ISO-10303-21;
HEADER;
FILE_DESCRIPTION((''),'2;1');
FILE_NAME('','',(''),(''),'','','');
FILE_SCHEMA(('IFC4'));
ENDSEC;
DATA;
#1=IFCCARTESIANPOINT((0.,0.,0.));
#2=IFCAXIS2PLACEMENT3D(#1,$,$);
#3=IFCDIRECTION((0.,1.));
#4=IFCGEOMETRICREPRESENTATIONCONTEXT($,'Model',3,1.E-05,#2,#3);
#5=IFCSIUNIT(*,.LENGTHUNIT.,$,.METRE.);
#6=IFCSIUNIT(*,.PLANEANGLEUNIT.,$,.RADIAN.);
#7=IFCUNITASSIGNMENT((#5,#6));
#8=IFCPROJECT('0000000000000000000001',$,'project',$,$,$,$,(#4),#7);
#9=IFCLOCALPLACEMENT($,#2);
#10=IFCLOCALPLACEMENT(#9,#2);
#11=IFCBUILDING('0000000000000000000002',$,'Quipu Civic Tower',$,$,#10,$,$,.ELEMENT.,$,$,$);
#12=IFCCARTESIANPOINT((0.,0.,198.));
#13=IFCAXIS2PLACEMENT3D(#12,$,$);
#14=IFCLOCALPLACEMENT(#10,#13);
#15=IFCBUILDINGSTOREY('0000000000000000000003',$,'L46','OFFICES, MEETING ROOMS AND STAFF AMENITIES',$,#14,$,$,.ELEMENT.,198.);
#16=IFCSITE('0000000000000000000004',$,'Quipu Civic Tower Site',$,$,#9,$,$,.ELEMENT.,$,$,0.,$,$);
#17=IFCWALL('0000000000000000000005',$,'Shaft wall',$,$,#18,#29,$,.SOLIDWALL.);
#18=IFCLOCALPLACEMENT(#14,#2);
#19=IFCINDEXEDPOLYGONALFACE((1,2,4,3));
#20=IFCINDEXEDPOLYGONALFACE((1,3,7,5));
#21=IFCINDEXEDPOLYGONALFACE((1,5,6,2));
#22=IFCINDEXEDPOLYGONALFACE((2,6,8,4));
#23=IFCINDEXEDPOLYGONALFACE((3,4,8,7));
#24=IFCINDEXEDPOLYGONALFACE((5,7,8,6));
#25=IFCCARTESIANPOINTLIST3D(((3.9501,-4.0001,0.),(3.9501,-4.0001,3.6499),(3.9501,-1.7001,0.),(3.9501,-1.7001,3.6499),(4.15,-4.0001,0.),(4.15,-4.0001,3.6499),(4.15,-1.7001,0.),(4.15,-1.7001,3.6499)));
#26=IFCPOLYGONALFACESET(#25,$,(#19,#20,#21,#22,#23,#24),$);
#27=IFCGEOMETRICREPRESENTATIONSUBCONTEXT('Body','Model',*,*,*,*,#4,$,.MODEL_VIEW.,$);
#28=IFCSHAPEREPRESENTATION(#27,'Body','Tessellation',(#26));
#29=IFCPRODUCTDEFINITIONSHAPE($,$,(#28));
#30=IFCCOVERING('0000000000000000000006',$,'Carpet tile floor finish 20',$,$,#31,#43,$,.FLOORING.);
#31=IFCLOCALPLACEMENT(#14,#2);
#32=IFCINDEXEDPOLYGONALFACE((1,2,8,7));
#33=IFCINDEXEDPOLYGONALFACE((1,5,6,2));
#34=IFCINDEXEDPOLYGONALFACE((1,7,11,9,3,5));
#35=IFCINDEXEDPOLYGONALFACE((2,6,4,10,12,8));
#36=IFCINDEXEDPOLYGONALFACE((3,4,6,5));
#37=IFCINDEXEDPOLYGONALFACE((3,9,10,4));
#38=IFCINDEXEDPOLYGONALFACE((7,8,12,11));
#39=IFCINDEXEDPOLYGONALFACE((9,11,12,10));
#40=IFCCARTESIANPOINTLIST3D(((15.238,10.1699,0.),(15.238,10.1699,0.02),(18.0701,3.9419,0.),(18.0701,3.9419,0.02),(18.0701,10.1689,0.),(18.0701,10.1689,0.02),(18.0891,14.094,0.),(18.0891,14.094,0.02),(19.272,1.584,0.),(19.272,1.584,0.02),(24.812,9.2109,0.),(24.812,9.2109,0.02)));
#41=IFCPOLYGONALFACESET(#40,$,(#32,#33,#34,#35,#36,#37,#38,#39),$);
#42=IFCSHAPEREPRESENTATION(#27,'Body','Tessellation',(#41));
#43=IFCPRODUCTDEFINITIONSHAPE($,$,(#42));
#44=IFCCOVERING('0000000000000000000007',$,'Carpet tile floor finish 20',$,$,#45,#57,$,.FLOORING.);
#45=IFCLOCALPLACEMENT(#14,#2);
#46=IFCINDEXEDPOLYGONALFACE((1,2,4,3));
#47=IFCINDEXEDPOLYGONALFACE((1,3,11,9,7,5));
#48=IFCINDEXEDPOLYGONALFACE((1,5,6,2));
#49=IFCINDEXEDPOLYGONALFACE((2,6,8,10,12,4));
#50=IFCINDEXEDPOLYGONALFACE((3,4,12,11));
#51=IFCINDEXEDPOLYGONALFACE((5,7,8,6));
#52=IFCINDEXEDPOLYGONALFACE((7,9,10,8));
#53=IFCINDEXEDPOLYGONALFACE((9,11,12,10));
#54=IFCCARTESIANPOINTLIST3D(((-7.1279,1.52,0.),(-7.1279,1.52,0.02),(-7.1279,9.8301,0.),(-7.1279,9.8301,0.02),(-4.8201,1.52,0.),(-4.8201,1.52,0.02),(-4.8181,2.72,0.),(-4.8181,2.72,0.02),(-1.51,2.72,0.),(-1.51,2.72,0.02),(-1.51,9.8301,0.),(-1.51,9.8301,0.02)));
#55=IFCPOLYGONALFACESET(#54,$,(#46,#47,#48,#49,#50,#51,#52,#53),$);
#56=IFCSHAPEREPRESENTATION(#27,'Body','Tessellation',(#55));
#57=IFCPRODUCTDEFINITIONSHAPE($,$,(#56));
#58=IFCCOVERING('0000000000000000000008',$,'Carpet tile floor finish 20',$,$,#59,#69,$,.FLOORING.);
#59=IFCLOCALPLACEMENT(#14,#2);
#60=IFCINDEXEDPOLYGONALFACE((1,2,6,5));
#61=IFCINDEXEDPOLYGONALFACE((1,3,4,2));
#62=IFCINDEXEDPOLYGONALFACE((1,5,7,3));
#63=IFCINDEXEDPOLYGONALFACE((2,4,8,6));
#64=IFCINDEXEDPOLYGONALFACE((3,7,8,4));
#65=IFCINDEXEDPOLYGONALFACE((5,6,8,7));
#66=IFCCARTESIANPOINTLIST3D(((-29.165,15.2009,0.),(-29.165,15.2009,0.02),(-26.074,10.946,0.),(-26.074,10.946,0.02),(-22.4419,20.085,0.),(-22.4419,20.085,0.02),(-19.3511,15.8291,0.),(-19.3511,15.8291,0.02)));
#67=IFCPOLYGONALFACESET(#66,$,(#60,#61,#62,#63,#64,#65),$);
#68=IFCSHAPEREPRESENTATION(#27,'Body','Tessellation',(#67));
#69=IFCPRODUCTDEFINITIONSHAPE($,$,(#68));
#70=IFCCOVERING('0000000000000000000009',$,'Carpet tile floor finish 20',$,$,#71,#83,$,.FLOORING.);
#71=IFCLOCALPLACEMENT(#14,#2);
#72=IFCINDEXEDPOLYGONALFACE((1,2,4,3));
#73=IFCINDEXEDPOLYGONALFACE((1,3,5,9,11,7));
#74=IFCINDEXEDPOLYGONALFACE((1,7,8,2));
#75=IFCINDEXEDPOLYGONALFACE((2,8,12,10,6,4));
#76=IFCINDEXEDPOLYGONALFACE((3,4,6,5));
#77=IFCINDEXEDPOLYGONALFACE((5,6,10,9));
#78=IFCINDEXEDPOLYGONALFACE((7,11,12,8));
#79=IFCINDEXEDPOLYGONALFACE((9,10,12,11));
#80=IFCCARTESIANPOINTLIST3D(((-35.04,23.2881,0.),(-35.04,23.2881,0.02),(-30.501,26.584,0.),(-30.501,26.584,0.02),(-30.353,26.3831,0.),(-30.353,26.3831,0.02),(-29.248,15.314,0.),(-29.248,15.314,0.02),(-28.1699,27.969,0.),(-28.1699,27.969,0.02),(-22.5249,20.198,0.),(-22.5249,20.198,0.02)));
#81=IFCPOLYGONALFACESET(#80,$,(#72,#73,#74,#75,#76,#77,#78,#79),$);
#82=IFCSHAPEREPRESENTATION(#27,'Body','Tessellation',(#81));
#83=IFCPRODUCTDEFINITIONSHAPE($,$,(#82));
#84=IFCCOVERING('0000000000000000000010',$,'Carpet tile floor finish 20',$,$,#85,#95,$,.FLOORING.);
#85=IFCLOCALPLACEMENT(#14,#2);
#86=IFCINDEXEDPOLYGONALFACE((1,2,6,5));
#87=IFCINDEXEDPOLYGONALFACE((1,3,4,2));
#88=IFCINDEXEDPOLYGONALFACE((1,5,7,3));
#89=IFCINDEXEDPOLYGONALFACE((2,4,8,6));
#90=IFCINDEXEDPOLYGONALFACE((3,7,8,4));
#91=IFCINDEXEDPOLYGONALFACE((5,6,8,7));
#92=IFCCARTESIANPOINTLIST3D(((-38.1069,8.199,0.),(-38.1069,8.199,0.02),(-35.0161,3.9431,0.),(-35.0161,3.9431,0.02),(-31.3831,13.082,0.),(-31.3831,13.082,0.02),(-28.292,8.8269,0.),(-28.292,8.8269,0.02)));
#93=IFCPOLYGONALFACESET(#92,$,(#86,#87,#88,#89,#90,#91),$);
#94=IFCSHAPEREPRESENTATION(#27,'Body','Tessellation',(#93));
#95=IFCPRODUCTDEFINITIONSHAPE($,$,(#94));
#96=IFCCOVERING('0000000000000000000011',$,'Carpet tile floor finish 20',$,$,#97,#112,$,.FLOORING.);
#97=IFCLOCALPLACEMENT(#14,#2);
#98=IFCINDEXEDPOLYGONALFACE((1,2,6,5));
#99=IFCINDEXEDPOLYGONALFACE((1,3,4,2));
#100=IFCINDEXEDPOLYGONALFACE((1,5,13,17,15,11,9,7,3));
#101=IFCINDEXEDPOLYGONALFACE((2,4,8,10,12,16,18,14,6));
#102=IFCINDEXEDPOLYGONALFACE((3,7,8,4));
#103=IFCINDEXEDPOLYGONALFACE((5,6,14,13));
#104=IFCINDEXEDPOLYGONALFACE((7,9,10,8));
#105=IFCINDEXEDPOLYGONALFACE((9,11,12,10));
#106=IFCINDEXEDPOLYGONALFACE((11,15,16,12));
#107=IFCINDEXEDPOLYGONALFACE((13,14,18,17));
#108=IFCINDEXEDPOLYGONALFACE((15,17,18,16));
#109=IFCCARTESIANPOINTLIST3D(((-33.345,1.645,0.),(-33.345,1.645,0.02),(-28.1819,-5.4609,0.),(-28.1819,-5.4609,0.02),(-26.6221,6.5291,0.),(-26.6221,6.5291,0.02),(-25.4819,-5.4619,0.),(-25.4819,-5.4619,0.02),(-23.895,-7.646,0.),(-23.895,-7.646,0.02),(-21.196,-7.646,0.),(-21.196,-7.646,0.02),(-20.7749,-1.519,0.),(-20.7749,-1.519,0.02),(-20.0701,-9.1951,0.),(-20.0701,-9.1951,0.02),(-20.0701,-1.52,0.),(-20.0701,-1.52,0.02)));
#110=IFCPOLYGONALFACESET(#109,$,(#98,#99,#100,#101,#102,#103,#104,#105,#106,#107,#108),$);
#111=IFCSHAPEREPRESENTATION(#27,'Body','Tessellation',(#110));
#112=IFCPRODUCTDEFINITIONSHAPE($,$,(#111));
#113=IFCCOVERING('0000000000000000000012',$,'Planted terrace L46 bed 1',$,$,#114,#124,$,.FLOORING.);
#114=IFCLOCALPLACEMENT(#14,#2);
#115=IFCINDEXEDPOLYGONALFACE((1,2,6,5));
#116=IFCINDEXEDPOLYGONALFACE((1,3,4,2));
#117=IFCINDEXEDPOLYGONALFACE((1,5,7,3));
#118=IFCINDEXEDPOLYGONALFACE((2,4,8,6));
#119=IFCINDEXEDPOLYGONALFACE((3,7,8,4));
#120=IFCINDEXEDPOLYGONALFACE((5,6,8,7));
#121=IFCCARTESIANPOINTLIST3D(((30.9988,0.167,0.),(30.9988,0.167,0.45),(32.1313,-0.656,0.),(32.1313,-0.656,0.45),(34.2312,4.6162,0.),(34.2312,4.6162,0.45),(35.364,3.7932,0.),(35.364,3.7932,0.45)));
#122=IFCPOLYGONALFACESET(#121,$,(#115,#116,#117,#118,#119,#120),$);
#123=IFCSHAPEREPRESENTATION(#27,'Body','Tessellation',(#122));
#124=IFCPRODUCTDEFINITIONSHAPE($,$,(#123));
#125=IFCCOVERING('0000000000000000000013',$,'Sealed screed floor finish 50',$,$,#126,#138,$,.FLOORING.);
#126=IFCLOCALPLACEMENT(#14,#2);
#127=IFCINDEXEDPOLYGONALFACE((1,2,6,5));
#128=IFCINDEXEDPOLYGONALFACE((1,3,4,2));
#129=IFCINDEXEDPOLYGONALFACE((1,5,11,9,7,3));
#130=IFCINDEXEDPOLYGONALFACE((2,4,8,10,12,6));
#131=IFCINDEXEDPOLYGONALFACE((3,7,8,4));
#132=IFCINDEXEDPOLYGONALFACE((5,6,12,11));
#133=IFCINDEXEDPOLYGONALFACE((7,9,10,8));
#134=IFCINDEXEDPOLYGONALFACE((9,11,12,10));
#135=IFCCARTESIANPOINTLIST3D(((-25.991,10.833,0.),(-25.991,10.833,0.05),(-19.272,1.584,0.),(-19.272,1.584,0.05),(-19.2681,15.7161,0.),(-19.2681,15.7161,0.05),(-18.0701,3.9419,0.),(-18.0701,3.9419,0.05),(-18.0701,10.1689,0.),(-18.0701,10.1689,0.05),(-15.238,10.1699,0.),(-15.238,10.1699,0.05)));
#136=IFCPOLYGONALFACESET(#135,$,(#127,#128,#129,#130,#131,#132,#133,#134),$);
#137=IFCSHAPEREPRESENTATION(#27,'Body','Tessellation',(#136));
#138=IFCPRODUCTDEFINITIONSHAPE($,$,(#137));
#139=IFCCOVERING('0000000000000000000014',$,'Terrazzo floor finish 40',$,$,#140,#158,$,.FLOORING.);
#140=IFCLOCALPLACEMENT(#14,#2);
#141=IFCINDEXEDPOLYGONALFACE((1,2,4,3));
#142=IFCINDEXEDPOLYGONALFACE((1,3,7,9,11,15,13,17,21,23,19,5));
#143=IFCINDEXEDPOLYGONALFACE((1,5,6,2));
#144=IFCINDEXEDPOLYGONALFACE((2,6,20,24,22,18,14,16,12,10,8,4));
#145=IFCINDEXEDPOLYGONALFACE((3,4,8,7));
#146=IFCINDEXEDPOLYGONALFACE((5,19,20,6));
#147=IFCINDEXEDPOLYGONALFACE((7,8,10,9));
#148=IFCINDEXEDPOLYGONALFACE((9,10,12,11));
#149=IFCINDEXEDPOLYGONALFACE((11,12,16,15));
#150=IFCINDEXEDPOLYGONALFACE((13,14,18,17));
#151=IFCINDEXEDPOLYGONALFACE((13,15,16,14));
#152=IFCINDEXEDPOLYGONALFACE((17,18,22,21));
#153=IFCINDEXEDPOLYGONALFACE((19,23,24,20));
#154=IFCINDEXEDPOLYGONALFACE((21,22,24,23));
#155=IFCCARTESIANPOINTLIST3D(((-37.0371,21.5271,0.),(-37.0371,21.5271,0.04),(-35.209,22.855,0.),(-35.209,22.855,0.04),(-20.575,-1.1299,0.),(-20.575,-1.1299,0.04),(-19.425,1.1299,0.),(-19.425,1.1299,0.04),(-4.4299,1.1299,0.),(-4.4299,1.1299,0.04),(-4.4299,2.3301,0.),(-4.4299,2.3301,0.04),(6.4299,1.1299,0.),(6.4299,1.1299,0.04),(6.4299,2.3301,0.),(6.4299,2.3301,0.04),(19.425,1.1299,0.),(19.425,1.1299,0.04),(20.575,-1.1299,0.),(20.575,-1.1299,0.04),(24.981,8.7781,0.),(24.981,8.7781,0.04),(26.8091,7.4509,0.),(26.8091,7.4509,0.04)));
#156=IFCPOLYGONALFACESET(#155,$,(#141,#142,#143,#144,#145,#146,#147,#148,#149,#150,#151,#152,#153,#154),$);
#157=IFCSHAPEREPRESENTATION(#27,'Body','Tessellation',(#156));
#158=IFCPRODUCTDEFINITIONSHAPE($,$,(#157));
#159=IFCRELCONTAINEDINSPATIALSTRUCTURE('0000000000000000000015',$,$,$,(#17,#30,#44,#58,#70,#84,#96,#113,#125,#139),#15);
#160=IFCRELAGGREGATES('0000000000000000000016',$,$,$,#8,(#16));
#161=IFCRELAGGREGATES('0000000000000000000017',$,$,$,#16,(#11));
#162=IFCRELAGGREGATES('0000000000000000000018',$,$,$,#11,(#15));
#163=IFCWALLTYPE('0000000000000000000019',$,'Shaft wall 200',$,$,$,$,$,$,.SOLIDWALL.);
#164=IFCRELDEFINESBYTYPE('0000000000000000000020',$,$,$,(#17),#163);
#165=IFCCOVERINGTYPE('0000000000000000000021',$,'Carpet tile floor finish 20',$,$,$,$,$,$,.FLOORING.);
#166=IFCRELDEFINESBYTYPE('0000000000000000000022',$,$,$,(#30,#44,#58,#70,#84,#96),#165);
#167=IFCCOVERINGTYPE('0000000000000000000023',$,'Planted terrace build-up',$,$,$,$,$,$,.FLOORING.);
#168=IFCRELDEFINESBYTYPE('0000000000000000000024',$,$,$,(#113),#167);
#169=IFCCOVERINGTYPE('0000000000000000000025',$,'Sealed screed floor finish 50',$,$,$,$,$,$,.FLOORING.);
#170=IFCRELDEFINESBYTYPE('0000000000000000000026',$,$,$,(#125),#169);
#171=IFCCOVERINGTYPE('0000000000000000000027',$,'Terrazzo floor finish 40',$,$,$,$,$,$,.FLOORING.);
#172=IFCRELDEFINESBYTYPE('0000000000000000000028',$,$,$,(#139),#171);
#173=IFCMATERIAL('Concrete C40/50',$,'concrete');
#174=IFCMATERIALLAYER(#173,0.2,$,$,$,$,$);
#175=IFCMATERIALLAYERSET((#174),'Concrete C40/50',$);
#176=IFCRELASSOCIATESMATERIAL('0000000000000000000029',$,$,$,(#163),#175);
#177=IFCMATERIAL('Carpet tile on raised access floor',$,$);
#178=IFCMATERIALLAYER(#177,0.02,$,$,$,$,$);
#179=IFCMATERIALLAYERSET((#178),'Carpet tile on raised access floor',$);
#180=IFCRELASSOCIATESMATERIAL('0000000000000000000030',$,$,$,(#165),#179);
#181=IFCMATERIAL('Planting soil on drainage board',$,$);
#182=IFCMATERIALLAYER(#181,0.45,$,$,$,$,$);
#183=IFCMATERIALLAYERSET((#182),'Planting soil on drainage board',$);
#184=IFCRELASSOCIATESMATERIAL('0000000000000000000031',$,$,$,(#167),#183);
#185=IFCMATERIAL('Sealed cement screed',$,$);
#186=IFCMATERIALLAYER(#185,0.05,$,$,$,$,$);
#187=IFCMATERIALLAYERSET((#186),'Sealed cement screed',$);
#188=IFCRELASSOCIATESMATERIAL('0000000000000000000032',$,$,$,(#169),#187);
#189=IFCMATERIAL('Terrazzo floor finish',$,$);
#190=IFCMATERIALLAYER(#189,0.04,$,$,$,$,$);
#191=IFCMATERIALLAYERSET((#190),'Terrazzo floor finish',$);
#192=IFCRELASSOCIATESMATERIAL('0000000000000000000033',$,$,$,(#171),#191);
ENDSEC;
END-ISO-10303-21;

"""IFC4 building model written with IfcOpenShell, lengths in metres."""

from ifc_helpers import new_model, si_unit, direction, frame, frame_2d, origin, place, context, subcontext, project, spatial, polyline, rectangle, outline, extrude, material, layer, layer_set, type_object, element, save


model = new_model("IFC4")

# Units and contexts
model_context = context("Model", 3, precision=1e-05, world=origin(), true_north=direction((0.0, 1.0)))
body_context = subcontext(model_context, "Body", "Model", "MODEL_VIEW")
ifc_project = project(units=[si_unit("LENGTHUNIT", "METRE"), si_unit("PLANEANGLEUNIT", "RADIAN")], contexts=[model_context])

# Site, building, storey
site_placement = place(None, origin())
site = spatial("IfcSite", under=ifc_project, at=site_placement, Name="Quipu Civic Tower Site", CompositionType="ELEMENT", RefElevation=0.0)
building_placement = place(site_placement, origin())
building = spatial("IfcBuilding", under=site, at=building_placement, Name="Quipu Civic Tower", CompositionType="ELEMENT")
storey_placement = place(building_placement, frame((0.0, 0.0, 198.0)))
storey = spatial("IfcBuildingStorey", under=building, at=storey_placement, Name="L46", Description="OFFICES, MEETING ROOMS AND STAFF AMENITIES", CompositionType="ELEMENT", Elevation=198.0)

# Wall
ifc_material_1 = material(Name="Concrete C40/50", Category="concrete")
ifc_layer_1 = layer(ifc_material_1, 0.2)
ifc_layer_set_1 = layer_set([ifc_layer_1], Name="Concrete C40/50")
wall_type_1 = type_object("IfcWallType", Name="Shaft wall 200", PredefinedType="SOLIDWALL", material=ifc_layer_set_1)
for number, where, z_axis, x_axis, name in (
    (1, (4.05, -4.0, 0.0), (0.0, 0.0, 1.0), (0.0, 1.0, 0.0), "Shaft wall"),
):
    element("IfcWall", number, at=place(storey_placement, frame(where, z_axis=z_axis, x_axis=x_axis)), inside=storey, type_object=wall_type_1, Name=name, PredefinedType="SOLIDWALL", context=body_context, shape_type="SweptSolid", body=[
        extrude(rectangle(XDim=2.3, YDim=0.2, at=frame_2d((1.1499, 0.0))), origin(), (0.0, 0.0, 1.0), 3.6499),
    ])

# Coverings
ifc_material_2 = material(Name="Carpet tile on raised access floor")
ifc_layer_2 = layer(ifc_material_2, 0.02)
ifc_layer_set_2 = layer_set([ifc_layer_2], Name="Carpet tile on raised access floor")
covering_type_1 = type_object("IfcCoveringType", Name="Carpet tile floor finish 20", PredefinedType="FLOORING", material=ifc_layer_set_2)
covering_1_placement = place(storey_placement, origin())
element("IfcCovering", 2, at=covering_1_placement, inside=storey, type_object=covering_type_1, Name="Carpet tile floor finish 20", PredefinedType="FLOORING", context=body_context, shape_type="SweptSolid", body=[
    extrude(outline(polyline([(15.238, 10.1699), (18.0891, 14.094), (24.812, 9.2109), (19.272, 1.584), (18.0701, 3.9419), (18.0701, 10.1689), (15.238, 10.1699)])), origin(), (0.0, 0.0, 1.0), 0.02),
])
covering_2_placement = place(storey_placement, origin())
element("IfcCovering", 3, at=covering_2_placement, inside=storey, type_object=covering_type_1, Name="Carpet tile floor finish 20", PredefinedType="FLOORING", context=body_context, shape_type="SweptSolid", body=[
    extrude(outline(polyline([(-7.1279, 9.8301), (-1.51, 9.8301), (-1.51, 2.72), (-4.8181, 2.72), (-4.8201, 1.52), (-7.1279, 1.52), (-7.1279, 9.8301)])), origin(), (0.0, 0.0, 1.0), 0.02),
])
covering_3_placement = place(storey_placement, origin())
element("IfcCovering", 4, at=covering_3_placement, inside=storey, type_object=covering_type_1, Name="Carpet tile floor finish 20", PredefinedType="FLOORING", context=body_context, shape_type="SweptSolid", body=[
    extrude(outline(polyline([(-29.165, 15.2009), (-22.4419, 20.085), (-19.3511, 15.8291), (-26.074, 10.946), (-29.165, 15.2009)])), origin(), (0.0, 0.0, 1.0), 0.02),
])
covering_4_placement = place(storey_placement, origin())
element("IfcCovering", 5, at=covering_4_placement, inside=storey, type_object=covering_type_1, Name="Carpet tile floor finish 20", PredefinedType="FLOORING", context=body_context, shape_type="SweptSolid", body=[
    extrude(outline(polyline([(-35.04, 23.2881), (-30.501, 26.584), (-30.353, 26.3831), (-28.1699, 27.969), (-22.5249, 20.198), (-29.248, 15.314), (-35.04, 23.2881)])), origin(), (0.0, 0.0, 1.0), 0.02),
])
covering_5_placement = place(storey_placement, origin())
element("IfcCovering", 6, at=covering_5_placement, inside=storey, type_object=covering_type_1, Name="Carpet tile floor finish 20", PredefinedType="FLOORING", context=body_context, shape_type="SweptSolid", body=[
    extrude(outline(polyline([(-38.1069, 8.199), (-31.3831, 13.082), (-28.292, 8.8269), (-35.0161, 3.9431), (-38.1069, 8.199)])), origin(), (0.0, 0.0, 1.0), 0.02),
])
covering_6_placement = place(storey_placement, origin())
element("IfcCovering", 7, at=covering_6_placement, inside=storey, type_object=covering_type_1, Name="Carpet tile floor finish 20", PredefinedType="FLOORING", context=body_context, shape_type="SweptSolid", body=[
    extrude(outline(polyline([(-33.345, 1.645), (-26.6221, 6.5291), (-20.7749, -1.519), (-20.0701, -1.52), (-20.0701, -9.1951), (-21.196, -7.646), (-23.895, -7.646), (-25.4819, -5.4619), (-28.1819, -5.4609), (-33.345, 1.645)])), origin(), (0.0, 0.0, 1.0), 0.02),
])
ifc_material_3 = material(Name="Planting soil on drainage board")
ifc_layer_3 = layer(ifc_material_3, 0.45)
ifc_layer_set_3 = layer_set([ifc_layer_3], Name="Planting soil on drainage board")
covering_type_2 = type_object("IfcCoveringType", Name="Planted terrace build-up", PredefinedType="FLOORING", material=ifc_layer_set_3)
covering_7_placement = place(storey_placement, origin())
element("IfcCovering", 8, at=covering_7_placement, inside=storey, type_object=covering_type_2, Name="Planted terrace L46 bed 1", PredefinedType="FLOORING", context=body_context, shape_type="SweptSolid", body=[
    extrude(outline(polyline([(34.2312, 4.6162), (35.364, 3.7932), (32.1313, -0.656), (30.9988, 0.167), (34.2312, 4.6162)])), origin(), (0.0, 0.0, 1.0), 0.45),
])
ifc_material_4 = material(Name="Sealed cement screed")
ifc_layer_4 = layer(ifc_material_4, 0.05)
ifc_layer_set_4 = layer_set([ifc_layer_4], Name="Sealed cement screed")
covering_type_3 = type_object("IfcCoveringType", Name="Sealed screed floor finish 50", PredefinedType="FLOORING", material=ifc_layer_set_4)
covering_8_placement = place(storey_placement, origin())
element("IfcCovering", 9, at=covering_8_placement, inside=storey, type_object=covering_type_3, Name="Sealed screed floor finish 50", PredefinedType="FLOORING", context=body_context, shape_type="SweptSolid", body=[
    extrude(outline(polyline([(-25.991, 10.833), (-19.2681, 15.7161), (-15.238, 10.1699), (-18.0701, 10.1689), (-18.0701, 3.9419), (-19.272, 1.584), (-25.991, 10.833)])), origin(), (0.0, 0.0, 1.0), 0.05),
])
ifc_material_5 = material(Name="Terrazzo floor finish")
ifc_layer_5 = layer(ifc_material_5, 0.04)
ifc_layer_set_5 = layer_set([ifc_layer_5], Name="Terrazzo floor finish")
covering_type_4 = type_object("IfcCoveringType", Name="Terrazzo floor finish 40", PredefinedType="FLOORING", material=ifc_layer_set_5)
covering_9_placement = place(storey_placement, origin())
element("IfcCovering", 10, at=covering_9_placement, inside=storey, type_object=covering_type_4, Name="Terrazzo floor finish 40", PredefinedType="FLOORING", context=body_context, shape_type="SweptSolid", body=[
    extrude(outline(polyline([(19.425, 1.1299), (24.981, 8.7781), (26.8091, 7.4509), (20.575, -1.1299), (-20.575, -1.1299), (-37.0371, 21.5271), (-35.209, 22.855), (-19.425, 1.1299), (-4.4299, 1.1299), (-4.4299, 2.3301), (6.4299, 2.3301), (6.4299, 1.1299), (19.425, 1.1299)])), origin(), (0.0, 0.0, 1.0), 0.04),
])

save(model, "model.ifc")
